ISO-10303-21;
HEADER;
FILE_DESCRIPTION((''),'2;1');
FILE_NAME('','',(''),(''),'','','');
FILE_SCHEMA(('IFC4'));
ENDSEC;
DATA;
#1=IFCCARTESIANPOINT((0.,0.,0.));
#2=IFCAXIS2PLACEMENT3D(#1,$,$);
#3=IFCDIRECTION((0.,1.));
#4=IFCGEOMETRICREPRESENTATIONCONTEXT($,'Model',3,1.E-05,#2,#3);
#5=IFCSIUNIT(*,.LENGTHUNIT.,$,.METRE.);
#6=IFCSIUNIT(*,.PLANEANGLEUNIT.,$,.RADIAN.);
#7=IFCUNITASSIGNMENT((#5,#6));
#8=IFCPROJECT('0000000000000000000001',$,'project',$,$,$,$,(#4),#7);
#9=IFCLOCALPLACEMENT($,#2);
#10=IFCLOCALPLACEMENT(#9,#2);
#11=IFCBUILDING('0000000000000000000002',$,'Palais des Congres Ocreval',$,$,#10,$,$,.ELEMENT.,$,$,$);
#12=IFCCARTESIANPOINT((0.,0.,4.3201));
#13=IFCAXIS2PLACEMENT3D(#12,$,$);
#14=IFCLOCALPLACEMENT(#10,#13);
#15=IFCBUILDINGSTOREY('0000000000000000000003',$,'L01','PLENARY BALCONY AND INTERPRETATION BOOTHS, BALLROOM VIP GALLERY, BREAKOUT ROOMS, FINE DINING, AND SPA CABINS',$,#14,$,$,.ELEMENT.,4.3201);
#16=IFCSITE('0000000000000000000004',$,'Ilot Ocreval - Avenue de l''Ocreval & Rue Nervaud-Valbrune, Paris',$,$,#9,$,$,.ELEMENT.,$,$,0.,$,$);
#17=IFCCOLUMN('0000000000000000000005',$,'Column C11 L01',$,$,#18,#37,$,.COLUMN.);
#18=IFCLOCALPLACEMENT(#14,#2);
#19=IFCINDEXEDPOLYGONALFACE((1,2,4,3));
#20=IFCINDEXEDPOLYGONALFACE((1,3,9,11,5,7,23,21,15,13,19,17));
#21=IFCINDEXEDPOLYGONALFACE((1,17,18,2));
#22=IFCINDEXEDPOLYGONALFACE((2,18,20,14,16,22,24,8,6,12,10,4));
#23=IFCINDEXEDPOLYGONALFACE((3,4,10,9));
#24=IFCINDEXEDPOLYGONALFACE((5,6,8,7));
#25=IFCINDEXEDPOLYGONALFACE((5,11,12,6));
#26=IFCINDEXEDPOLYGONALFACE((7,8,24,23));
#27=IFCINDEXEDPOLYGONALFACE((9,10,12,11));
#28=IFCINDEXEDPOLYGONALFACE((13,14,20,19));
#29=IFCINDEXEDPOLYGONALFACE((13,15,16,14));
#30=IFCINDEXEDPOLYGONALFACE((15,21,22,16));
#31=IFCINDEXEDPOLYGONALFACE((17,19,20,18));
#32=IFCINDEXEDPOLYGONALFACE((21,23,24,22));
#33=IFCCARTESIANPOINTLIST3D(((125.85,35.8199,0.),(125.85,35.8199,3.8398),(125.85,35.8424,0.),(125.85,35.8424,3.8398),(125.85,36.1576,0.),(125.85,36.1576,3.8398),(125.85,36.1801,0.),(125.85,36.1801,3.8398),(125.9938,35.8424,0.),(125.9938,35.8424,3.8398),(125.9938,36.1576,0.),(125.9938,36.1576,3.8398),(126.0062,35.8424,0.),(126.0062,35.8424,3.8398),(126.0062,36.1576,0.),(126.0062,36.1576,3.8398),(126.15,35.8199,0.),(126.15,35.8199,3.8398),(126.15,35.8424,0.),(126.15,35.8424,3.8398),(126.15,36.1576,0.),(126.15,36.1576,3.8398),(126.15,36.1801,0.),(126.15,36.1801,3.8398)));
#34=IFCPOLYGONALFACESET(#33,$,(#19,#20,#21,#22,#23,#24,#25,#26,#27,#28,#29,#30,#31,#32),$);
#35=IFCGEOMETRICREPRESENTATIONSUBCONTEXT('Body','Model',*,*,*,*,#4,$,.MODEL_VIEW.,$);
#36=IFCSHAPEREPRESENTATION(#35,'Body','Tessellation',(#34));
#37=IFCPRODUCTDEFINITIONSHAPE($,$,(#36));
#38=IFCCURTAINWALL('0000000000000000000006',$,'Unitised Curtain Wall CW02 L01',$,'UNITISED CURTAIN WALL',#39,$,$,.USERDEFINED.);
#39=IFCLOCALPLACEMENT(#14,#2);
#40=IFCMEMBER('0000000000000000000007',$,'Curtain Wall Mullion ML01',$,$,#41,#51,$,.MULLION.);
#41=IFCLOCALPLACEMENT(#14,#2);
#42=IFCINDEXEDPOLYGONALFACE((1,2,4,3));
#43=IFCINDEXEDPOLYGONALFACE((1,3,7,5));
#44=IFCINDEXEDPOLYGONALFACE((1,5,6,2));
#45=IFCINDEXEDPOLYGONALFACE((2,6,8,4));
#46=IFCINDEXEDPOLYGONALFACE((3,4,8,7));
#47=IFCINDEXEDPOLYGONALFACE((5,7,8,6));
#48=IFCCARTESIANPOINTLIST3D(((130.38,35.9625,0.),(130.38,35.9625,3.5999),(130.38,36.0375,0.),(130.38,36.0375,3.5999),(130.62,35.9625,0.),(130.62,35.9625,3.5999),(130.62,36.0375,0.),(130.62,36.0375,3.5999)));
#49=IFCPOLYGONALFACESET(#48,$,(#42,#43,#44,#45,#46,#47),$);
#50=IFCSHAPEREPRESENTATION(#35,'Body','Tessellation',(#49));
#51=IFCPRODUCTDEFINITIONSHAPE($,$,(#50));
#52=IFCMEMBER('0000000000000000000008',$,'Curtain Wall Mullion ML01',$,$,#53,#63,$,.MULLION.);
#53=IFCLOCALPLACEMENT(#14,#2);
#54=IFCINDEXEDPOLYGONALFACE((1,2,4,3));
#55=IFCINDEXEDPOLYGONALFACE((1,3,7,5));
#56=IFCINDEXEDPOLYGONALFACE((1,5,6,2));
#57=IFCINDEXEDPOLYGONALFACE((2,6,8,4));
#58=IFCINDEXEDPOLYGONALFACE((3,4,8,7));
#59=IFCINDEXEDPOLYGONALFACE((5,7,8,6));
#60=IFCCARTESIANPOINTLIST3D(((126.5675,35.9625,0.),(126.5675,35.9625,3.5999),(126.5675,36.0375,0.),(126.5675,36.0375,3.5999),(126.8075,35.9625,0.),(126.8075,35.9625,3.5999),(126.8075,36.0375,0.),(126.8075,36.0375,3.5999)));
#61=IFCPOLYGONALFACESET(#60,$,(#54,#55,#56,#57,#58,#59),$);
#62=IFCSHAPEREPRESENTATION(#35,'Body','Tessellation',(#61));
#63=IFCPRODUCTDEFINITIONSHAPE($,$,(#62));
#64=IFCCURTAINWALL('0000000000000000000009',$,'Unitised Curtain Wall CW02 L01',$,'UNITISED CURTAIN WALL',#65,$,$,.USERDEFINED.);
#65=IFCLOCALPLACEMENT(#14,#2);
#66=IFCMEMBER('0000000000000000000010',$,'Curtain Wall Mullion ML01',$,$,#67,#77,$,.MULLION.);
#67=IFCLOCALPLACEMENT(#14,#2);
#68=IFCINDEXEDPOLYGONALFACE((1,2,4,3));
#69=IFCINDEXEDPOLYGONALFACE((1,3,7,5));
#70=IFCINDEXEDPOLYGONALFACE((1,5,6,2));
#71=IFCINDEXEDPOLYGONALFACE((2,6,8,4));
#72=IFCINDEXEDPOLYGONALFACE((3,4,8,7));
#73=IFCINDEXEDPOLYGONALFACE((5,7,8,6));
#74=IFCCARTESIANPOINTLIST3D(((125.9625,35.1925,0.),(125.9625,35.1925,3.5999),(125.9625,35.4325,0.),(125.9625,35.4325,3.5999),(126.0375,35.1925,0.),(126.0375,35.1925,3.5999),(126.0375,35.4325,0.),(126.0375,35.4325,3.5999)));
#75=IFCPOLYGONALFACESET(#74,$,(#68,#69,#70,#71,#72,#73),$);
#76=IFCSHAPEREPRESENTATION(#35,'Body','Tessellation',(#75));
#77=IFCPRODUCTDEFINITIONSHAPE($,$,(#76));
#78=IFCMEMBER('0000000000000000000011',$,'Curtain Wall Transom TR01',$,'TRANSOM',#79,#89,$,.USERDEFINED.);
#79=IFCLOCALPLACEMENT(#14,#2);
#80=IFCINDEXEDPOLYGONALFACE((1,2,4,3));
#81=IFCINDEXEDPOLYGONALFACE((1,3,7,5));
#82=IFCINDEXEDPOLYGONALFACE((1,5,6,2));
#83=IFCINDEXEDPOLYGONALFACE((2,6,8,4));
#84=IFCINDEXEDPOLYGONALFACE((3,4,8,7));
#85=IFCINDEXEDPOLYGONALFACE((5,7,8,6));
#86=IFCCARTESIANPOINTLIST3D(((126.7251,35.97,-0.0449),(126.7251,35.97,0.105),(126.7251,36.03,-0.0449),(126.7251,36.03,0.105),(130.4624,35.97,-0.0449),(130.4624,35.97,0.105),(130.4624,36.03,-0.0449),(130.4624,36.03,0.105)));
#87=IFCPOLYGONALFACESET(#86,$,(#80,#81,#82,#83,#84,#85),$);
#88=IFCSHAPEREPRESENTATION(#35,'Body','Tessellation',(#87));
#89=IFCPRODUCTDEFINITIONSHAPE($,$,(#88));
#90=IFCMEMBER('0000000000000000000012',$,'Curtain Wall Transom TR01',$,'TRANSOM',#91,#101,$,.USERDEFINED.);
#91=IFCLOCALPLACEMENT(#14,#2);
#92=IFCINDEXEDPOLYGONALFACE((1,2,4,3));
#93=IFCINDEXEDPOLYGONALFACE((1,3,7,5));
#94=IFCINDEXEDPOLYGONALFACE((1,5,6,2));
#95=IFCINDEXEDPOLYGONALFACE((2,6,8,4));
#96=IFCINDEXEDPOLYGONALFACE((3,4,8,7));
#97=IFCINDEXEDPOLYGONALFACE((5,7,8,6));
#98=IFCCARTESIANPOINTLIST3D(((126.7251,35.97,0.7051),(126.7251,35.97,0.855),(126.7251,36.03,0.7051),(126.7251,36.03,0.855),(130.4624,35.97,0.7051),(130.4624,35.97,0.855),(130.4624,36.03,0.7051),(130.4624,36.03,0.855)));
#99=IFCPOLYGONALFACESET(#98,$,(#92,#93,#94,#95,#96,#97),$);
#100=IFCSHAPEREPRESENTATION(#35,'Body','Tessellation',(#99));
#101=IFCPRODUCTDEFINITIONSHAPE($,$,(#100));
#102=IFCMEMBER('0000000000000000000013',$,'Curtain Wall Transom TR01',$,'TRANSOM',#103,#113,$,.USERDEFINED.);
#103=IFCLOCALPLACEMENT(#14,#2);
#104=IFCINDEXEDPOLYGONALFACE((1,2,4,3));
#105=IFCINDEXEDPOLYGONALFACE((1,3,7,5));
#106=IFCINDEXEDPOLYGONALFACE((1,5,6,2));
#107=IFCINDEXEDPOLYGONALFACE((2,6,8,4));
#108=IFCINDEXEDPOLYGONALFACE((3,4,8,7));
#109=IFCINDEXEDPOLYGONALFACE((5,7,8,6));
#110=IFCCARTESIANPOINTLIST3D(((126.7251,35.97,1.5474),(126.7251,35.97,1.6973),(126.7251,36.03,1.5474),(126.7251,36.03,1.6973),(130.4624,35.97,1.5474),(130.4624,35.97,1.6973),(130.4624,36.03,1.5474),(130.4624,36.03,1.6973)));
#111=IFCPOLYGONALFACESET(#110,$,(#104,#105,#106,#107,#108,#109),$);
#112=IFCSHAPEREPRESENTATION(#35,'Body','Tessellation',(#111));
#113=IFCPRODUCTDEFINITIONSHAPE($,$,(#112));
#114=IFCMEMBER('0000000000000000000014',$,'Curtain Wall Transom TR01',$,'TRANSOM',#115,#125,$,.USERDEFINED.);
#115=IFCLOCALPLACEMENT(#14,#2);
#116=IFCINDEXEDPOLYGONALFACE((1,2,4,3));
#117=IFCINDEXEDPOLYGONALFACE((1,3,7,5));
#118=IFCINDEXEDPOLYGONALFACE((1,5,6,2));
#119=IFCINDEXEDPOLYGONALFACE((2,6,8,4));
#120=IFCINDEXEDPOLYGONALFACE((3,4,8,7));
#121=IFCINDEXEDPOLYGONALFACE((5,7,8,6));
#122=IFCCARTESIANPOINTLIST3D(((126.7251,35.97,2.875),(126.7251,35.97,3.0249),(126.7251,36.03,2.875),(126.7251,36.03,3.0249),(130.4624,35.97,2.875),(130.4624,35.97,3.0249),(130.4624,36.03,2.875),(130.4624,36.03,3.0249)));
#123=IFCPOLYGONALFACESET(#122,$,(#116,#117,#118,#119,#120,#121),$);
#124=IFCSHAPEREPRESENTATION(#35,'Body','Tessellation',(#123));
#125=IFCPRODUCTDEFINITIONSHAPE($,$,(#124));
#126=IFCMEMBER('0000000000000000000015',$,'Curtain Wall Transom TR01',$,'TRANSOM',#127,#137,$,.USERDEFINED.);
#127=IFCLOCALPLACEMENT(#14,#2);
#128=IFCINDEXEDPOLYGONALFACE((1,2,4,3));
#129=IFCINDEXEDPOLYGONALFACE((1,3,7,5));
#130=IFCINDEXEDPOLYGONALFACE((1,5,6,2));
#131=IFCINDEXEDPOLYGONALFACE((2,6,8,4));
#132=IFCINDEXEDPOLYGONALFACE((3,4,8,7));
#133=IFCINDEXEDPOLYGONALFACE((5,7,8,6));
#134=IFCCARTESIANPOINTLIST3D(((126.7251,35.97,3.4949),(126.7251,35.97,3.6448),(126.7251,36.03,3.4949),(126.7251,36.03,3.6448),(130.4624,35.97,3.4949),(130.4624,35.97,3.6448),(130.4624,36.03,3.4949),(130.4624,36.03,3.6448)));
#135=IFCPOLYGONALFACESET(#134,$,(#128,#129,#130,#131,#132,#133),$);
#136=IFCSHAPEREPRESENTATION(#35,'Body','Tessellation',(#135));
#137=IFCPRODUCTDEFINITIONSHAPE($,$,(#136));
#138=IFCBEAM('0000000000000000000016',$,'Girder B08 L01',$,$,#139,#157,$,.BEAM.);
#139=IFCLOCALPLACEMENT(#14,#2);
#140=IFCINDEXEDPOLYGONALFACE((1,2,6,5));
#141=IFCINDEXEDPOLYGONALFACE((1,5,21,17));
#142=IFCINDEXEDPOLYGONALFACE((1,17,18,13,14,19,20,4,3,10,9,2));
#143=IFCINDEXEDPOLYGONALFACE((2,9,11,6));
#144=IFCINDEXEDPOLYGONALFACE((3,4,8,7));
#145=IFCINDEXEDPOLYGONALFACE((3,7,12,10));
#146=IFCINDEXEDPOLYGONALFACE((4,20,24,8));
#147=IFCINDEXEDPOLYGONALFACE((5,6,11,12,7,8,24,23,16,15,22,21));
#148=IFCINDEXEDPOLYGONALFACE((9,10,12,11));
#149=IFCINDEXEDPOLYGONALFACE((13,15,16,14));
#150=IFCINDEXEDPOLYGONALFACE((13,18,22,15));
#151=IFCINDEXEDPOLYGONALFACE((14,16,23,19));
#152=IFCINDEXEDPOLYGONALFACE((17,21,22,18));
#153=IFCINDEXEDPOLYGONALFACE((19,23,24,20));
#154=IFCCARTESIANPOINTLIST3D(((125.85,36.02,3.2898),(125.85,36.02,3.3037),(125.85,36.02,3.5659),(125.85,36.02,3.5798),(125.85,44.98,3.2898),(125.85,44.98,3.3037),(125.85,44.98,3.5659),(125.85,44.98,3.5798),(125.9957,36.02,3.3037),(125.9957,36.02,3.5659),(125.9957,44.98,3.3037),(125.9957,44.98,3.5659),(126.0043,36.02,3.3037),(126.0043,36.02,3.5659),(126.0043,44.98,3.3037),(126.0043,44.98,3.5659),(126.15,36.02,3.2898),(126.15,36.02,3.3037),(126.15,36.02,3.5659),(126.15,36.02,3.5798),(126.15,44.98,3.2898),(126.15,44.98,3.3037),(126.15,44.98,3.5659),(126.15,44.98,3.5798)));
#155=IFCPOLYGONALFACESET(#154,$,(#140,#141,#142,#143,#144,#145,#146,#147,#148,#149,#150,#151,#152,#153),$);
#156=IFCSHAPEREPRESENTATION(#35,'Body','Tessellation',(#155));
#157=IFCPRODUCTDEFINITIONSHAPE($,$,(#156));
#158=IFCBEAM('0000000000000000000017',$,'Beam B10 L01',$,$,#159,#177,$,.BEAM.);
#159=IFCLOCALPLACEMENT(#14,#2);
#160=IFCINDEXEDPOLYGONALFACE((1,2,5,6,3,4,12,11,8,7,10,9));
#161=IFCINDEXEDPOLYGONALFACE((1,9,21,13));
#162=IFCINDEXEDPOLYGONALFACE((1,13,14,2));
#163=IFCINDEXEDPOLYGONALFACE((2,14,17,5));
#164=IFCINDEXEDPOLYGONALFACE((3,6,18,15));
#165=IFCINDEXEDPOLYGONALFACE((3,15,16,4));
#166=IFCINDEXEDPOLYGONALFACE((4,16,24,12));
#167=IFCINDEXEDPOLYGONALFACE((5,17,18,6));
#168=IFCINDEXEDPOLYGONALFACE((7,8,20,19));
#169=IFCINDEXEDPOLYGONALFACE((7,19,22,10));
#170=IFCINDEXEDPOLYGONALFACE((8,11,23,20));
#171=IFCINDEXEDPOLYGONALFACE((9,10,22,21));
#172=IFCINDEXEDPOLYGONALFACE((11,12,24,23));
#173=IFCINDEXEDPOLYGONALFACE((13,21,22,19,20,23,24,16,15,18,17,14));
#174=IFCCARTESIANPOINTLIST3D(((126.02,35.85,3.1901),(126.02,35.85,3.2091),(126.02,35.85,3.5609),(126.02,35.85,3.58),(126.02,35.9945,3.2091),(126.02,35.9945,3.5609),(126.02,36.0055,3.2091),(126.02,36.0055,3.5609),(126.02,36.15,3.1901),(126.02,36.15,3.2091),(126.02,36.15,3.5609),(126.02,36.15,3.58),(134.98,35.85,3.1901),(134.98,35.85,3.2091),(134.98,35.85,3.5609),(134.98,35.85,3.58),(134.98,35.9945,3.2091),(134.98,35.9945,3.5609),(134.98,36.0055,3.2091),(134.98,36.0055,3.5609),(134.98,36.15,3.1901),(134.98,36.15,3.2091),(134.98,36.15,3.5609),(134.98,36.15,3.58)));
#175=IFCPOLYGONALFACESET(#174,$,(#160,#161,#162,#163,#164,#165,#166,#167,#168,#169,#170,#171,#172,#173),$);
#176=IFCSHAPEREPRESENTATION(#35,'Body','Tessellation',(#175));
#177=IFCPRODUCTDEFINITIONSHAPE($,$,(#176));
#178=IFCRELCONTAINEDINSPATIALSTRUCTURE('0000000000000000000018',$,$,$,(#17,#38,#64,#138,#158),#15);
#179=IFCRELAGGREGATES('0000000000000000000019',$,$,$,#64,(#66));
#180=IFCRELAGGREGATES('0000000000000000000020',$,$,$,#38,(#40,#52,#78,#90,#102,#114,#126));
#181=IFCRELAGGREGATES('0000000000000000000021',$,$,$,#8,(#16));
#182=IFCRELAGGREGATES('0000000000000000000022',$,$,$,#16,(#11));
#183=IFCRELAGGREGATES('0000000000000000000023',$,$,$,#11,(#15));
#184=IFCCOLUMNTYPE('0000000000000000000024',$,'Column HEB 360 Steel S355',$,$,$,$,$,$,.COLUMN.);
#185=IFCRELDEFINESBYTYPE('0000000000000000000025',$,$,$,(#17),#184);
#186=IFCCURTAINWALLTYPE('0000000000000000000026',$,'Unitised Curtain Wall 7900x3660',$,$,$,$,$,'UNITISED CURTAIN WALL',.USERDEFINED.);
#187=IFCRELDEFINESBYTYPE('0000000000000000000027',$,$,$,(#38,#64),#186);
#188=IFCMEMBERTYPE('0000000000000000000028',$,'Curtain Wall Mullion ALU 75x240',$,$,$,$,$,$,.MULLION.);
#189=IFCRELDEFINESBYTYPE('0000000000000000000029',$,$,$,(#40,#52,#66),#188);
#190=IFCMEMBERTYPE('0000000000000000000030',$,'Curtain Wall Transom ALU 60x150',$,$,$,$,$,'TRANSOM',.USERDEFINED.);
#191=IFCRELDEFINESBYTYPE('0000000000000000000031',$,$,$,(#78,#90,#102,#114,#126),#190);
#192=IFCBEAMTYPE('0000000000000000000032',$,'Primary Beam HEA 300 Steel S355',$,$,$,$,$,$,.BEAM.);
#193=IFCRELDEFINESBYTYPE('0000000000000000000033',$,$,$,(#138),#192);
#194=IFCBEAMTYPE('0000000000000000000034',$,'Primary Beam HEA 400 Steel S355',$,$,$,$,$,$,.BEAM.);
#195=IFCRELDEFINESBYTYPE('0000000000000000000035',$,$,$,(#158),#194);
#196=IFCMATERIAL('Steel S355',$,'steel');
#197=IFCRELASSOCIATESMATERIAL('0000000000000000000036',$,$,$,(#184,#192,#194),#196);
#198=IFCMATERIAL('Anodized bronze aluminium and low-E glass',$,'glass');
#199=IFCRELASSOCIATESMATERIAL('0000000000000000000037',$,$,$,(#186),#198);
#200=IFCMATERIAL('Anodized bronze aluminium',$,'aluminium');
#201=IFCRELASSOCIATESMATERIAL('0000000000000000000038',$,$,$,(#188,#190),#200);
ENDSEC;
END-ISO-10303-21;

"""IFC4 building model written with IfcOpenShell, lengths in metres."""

from ifc_helpers import new_model, si_unit, direction, frame, origin, origin_2d, place, context, subcontext, project, spatial, rectangle, i_section, extrude, material, material_profile, profile_set, type_object, element, aggregate, save


model = new_model("IFC4")

# Units and contexts
model_context = context("Model", 3, precision=1e-05, world=origin(), true_north=direction((0.0, 1.0)))
body_context = subcontext(model_context, "Body", "Model", "MODEL_VIEW")
ifc_project = project(units=[si_unit("LENGTHUNIT", "METRE"), si_unit("PLANEANGLEUNIT", "RADIAN")], contexts=[model_context])

# Site, building, storey
site_placement = place(None, origin())
site = spatial("IfcSite", under=ifc_project, at=site_placement, Name="Ilot Ocreval - Avenue de l'Ocreval & Rue Nervaud-Valbrune, Paris", CompositionType="ELEMENT", RefElevation=0.0)
building_placement = place(site_placement, origin())
building = spatial("IfcBuilding", under=site, at=building_placement, Name="Palais des Congres Ocreval", CompositionType="ELEMENT")
storey_placement = place(building_placement, frame((0.0, 0.0, 4.3201)))
storey = spatial("IfcBuildingStorey", under=building, at=storey_placement, Name="L01", Description="PLENARY BALCONY AND INTERPRETATION BOOTHS, BALLROOM VIP GALLERY, BREAKOUT ROOMS, FINE DINING, AND SPA CABINS", CompositionType="ELEMENT", Elevation=4.3201)

# Column
ifc_material_1 = material(Name="Steel S355", Category="steel")
ifc_material_profile_1 = material_profile(ifc_material_1, i_section(OverallWidth=0.3, OverallDepth=0.3601, WebThickness=0.0125, FlangeThickness=0.0225, at=origin_2d()), Name="HEB 360")
ifc_profile_set_1 = profile_set([ifc_material_profile_1], Name="Steel S355")
column_type = type_object("IfcColumnType", Name="Column HEB 360 Steel S355", PredefinedType="COLUMN", material=ifc_profile_set_1)
column_placement = place(storey_placement, frame((126.0, 36.0, 0.0), z_axis=(0.0, 0.0, 1.0), x_axis=(1.0, 0.0, 0.0)))
element("IfcColumn", 1, at=column_placement, inside=storey, type_object=column_type, Name="Column C11 L01", PredefinedType="COLUMN", context=body_context, shape_type="SweptSolid", body=[
    extrude(i_section(OverallWidth=0.3, OverallDepth=0.3601, WebThickness=0.0125, FlangeThickness=0.0225, at=origin_2d()), origin(), (0.0, 0.0, 1.0), 3.8398),
])

# Curtain wall, members
ifc_material_2 = material(Name="Anodized bronze aluminium and low-E glass", Category="glass")
curtain_wall_type = type_object("IfcCurtainWallType", Name="Unitised Curtain Wall 7900x3660", ElementType="UNITISED CURTAIN WALL", PredefinedType="USERDEFINED", material=ifc_material_2)
curtain_wall_1_placement = place(storey_placement, origin())
curtain_wall_1 = element("IfcCurtainWall", 2, at=curtain_wall_1_placement, inside=storey, type_object=curtain_wall_type, Name="Unitised Curtain Wall CW02 L01", ObjectType="UNITISED CURTAIN WALL", PredefinedType="USERDEFINED")
ifc_material_3 = material(Name="Anodized bronze aluminium", Category="aluminium")
ifc_material_profile_2 = material_profile(ifc_material_3, rectangle(XDim=0.075, YDim=0.24, at=origin_2d()), Name="ALU 75x240")
ifc_profile_set_2 = profile_set([ifc_material_profile_2], Name="Anodized bronze aluminium")
member_type_1 = type_object("IfcMemberType", Name="Curtain Wall Mullion ALU 75x240", PredefinedType="MULLION", material=ifc_profile_set_2)
member_1_placement = place(storey_placement, frame((130.5, 36.0, 0.0), z_axis=(0.0, 0.0, 1.0), x_axis=(0.0, -1.0, 0.0)))
member_1 = element("IfcMember", 3, at=member_1_placement, type_object=member_type_1, Name="Curtain Wall Mullion ML01", PredefinedType="MULLION", context=body_context, shape_type="SweptSolid", body=[
    extrude(rectangle(XDim=0.075, YDim=0.24, at=origin_2d()), origin(), (0.0, 0.0, 1.0), 3.5999),
])
member_2_placement = place(storey_placement, frame((126.6875, 36.0, 0.0), z_axis=(0.0, 0.0, 1.0), x_axis=(0.0, -1.0, 0.0)))
member_2 = element("IfcMember", 4, at=member_2_placement, type_object=member_type_1, Name="Curtain Wall Mullion ML01", PredefinedType="MULLION", context=body_context, shape_type="SweptSolid", body=[
    extrude(rectangle(XDim=0.075, YDim=0.24, at=origin_2d()), origin(), (0.0, 0.0, 1.0), 3.5999),
])

# Curtain wall, member
curtain_wall_2_placement = place(storey_placement, origin())
curtain_wall_2 = element("IfcCurtainWall", 5, at=curtain_wall_2_placement, inside=storey, type_object=curtain_wall_type, Name="Unitised Curtain Wall CW02 L01", ObjectType="UNITISED CURTAIN WALL", PredefinedType="USERDEFINED")
member_3_placement = place(storey_placement, frame((126.0, 35.3125, 0.0), z_axis=(0.0, 0.0, 1.0), x_axis=(1.0, 0.0, 0.0)))
member_3 = element("IfcMember", 6, at=member_3_placement, type_object=member_type_1, Name="Curtain Wall Mullion ML01", PredefinedType="MULLION", context=body_context, shape_type="SweptSolid", body=[
    extrude(rectangle(XDim=0.075, YDim=0.24, at=origin_2d()), origin(), (0.0, 0.0, 1.0), 3.5999),
])
aggregate(curtain_wall_2, [member_3])

# Members
ifc_material_profile_3 = material_profile(ifc_material_3, rectangle(XDim=0.0601, YDim=0.1499, at=origin_2d()), Name="ALU 60x150")
ifc_profile_set_3 = profile_set([ifc_material_profile_3], Name="Anodized bronze aluminium")
member_type_2 = type_object("IfcMemberType", Name="Curtain Wall Transom ALU 60x150", ElementType="TRANSOM", PredefinedType="USERDEFINED", material=ifc_profile_set_3)
member_4_placement = place(storey_placement, frame((130.4624, 36.0, 0.03), z_axis=(-1.0, 0.0, 0.0), x_axis=(0.0, -1.0, 0.0)))
member_4 = element("IfcMember", 7, at=member_4_placement, type_object=member_type_2, Name="Curtain Wall Transom TR01", ObjectType="TRANSOM", PredefinedType="USERDEFINED", context=body_context, shape_type="SweptSolid", body=[
    extrude(rectangle(XDim=0.0601, YDim=0.1499, at=origin_2d()), origin(), (0.0, 0.0, 1.0), 3.7373),
])
member_5_placement = place(storey_placement, frame((130.4624, 36.0, 0.78), z_axis=(-1.0, 0.0, 0.0), x_axis=(0.0, -1.0, 0.0)))
member_5 = element("IfcMember", 8, at=member_5_placement, type_object=member_type_2, Name="Curtain Wall Transom TR01", ObjectType="TRANSOM", PredefinedType="USERDEFINED", context=body_context, shape_type="SweptSolid", body=[
    extrude(rectangle(XDim=0.0601, YDim=0.1499, at=origin_2d()), origin(), (0.0, 0.0, 1.0), 3.7373),
])
member_6_placement = place(storey_placement, frame((130.4624, 36.0, 1.6223), z_axis=(-1.0, 0.0, 0.0), x_axis=(0.0, -1.0, 0.0)))
member_6 = element("IfcMember", 9, at=member_6_placement, type_object=member_type_2, Name="Curtain Wall Transom TR01", ObjectType="TRANSOM", PredefinedType="USERDEFINED", context=body_context, shape_type="SweptSolid", body=[
    extrude(rectangle(XDim=0.0601, YDim=0.1499, at=origin_2d()), origin(), (0.0, 0.0, 1.0), 3.7373),
])
member_7_placement = place(storey_placement, frame((130.4624, 36.0, 2.95), z_axis=(-1.0, 0.0, 0.0), x_axis=(0.0, -1.0, 0.0)))
member_7 = element("IfcMember", 10, at=member_7_placement, type_object=member_type_2, Name="Curtain Wall Transom TR01", ObjectType="TRANSOM", PredefinedType="USERDEFINED", context=body_context, shape_type="SweptSolid", body=[
    extrude(rectangle(XDim=0.0601, YDim=0.1499, at=origin_2d()), origin(), (0.0, 0.0, 1.0), 3.7373),
])
member_8_placement = place(storey_placement, frame((130.4624, 36.0, 3.5698), z_axis=(-1.0, 0.0, 0.0), x_axis=(0.0, -1.0, 0.0)))
member_8 = element("IfcMember", 11, at=member_8_placement, type_object=member_type_2, Name="Curtain Wall Transom TR01", ObjectType="TRANSOM", PredefinedType="USERDEFINED", context=body_context, shape_type="SweptSolid", body=[
    extrude(rectangle(XDim=0.0601, YDim=0.1499, at=origin_2d()), origin(), (0.0, 0.0, 1.0), 3.7373),
])

# Beams
ifc_material_profile_4 = material_profile(ifc_material_1, i_section(OverallWidth=0.3, OverallDepth=0.29, WebThickness=0.0085, FlangeThickness=0.0139, at=origin_2d()), Name="HEA 300")
ifc_profile_set_4 = profile_set([ifc_material_profile_4], Name="Steel S355")
beam_type_1 = type_object("IfcBeamType", Name="Primary Beam HEA 300 Steel S355", PredefinedType="BEAM", material=ifc_profile_set_4)
beam_1_placement = place(storey_placement, frame((126.0, 36.02, 3.4348), z_axis=(0.0, 1.0, 0.0), x_axis=(-1.0, 0.0, 0.0)))
element("IfcBeam", 12, at=beam_1_placement, inside=storey, type_object=beam_type_1, Name="Girder B08 L01", PredefinedType="BEAM", context=body_context, shape_type="SweptSolid", body=[
    extrude(i_section(OverallWidth=0.3, OverallDepth=0.29, WebThickness=0.0085, FlangeThickness=0.0139, at=origin_2d()), origin(), (0.0, 0.0, 1.0), 8.96),
])
ifc_material_profile_5 = material_profile(ifc_material_1, i_section(OverallWidth=0.3, OverallDepth=0.3899, WebThickness=0.011, FlangeThickness=0.019, at=origin_2d()), Name="HEA 400")
ifc_profile_set_5 = profile_set([ifc_material_profile_5], Name="Steel S355")
beam_type_2 = type_object("IfcBeamType", Name="Primary Beam HEA 400 Steel S355", PredefinedType="BEAM", material=ifc_profile_set_5)
beam_2_placement = place(storey_placement, frame((126.02, 36.0, 3.385), z_axis=(1.0, 0.0, 0.0), x_axis=(0.0, 1.0, 0.0)))
element("IfcBeam", 13, at=beam_2_placement, inside=storey, type_object=beam_type_2, Name="Beam B10 L01", PredefinedType="BEAM", context=body_context, shape_type="SweptSolid", body=[
    extrude(i_section(OverallWidth=0.3, OverallDepth=0.3899, WebThickness=0.011, FlangeThickness=0.019, at=origin_2d()), origin(), (0.0, 0.0, 1.0), 8.96),
])

aggregate(curtain_wall_1, [member_1, member_2, member_4, member_5, member_6, member_7, member_8])

save(model, "model.ifc")
